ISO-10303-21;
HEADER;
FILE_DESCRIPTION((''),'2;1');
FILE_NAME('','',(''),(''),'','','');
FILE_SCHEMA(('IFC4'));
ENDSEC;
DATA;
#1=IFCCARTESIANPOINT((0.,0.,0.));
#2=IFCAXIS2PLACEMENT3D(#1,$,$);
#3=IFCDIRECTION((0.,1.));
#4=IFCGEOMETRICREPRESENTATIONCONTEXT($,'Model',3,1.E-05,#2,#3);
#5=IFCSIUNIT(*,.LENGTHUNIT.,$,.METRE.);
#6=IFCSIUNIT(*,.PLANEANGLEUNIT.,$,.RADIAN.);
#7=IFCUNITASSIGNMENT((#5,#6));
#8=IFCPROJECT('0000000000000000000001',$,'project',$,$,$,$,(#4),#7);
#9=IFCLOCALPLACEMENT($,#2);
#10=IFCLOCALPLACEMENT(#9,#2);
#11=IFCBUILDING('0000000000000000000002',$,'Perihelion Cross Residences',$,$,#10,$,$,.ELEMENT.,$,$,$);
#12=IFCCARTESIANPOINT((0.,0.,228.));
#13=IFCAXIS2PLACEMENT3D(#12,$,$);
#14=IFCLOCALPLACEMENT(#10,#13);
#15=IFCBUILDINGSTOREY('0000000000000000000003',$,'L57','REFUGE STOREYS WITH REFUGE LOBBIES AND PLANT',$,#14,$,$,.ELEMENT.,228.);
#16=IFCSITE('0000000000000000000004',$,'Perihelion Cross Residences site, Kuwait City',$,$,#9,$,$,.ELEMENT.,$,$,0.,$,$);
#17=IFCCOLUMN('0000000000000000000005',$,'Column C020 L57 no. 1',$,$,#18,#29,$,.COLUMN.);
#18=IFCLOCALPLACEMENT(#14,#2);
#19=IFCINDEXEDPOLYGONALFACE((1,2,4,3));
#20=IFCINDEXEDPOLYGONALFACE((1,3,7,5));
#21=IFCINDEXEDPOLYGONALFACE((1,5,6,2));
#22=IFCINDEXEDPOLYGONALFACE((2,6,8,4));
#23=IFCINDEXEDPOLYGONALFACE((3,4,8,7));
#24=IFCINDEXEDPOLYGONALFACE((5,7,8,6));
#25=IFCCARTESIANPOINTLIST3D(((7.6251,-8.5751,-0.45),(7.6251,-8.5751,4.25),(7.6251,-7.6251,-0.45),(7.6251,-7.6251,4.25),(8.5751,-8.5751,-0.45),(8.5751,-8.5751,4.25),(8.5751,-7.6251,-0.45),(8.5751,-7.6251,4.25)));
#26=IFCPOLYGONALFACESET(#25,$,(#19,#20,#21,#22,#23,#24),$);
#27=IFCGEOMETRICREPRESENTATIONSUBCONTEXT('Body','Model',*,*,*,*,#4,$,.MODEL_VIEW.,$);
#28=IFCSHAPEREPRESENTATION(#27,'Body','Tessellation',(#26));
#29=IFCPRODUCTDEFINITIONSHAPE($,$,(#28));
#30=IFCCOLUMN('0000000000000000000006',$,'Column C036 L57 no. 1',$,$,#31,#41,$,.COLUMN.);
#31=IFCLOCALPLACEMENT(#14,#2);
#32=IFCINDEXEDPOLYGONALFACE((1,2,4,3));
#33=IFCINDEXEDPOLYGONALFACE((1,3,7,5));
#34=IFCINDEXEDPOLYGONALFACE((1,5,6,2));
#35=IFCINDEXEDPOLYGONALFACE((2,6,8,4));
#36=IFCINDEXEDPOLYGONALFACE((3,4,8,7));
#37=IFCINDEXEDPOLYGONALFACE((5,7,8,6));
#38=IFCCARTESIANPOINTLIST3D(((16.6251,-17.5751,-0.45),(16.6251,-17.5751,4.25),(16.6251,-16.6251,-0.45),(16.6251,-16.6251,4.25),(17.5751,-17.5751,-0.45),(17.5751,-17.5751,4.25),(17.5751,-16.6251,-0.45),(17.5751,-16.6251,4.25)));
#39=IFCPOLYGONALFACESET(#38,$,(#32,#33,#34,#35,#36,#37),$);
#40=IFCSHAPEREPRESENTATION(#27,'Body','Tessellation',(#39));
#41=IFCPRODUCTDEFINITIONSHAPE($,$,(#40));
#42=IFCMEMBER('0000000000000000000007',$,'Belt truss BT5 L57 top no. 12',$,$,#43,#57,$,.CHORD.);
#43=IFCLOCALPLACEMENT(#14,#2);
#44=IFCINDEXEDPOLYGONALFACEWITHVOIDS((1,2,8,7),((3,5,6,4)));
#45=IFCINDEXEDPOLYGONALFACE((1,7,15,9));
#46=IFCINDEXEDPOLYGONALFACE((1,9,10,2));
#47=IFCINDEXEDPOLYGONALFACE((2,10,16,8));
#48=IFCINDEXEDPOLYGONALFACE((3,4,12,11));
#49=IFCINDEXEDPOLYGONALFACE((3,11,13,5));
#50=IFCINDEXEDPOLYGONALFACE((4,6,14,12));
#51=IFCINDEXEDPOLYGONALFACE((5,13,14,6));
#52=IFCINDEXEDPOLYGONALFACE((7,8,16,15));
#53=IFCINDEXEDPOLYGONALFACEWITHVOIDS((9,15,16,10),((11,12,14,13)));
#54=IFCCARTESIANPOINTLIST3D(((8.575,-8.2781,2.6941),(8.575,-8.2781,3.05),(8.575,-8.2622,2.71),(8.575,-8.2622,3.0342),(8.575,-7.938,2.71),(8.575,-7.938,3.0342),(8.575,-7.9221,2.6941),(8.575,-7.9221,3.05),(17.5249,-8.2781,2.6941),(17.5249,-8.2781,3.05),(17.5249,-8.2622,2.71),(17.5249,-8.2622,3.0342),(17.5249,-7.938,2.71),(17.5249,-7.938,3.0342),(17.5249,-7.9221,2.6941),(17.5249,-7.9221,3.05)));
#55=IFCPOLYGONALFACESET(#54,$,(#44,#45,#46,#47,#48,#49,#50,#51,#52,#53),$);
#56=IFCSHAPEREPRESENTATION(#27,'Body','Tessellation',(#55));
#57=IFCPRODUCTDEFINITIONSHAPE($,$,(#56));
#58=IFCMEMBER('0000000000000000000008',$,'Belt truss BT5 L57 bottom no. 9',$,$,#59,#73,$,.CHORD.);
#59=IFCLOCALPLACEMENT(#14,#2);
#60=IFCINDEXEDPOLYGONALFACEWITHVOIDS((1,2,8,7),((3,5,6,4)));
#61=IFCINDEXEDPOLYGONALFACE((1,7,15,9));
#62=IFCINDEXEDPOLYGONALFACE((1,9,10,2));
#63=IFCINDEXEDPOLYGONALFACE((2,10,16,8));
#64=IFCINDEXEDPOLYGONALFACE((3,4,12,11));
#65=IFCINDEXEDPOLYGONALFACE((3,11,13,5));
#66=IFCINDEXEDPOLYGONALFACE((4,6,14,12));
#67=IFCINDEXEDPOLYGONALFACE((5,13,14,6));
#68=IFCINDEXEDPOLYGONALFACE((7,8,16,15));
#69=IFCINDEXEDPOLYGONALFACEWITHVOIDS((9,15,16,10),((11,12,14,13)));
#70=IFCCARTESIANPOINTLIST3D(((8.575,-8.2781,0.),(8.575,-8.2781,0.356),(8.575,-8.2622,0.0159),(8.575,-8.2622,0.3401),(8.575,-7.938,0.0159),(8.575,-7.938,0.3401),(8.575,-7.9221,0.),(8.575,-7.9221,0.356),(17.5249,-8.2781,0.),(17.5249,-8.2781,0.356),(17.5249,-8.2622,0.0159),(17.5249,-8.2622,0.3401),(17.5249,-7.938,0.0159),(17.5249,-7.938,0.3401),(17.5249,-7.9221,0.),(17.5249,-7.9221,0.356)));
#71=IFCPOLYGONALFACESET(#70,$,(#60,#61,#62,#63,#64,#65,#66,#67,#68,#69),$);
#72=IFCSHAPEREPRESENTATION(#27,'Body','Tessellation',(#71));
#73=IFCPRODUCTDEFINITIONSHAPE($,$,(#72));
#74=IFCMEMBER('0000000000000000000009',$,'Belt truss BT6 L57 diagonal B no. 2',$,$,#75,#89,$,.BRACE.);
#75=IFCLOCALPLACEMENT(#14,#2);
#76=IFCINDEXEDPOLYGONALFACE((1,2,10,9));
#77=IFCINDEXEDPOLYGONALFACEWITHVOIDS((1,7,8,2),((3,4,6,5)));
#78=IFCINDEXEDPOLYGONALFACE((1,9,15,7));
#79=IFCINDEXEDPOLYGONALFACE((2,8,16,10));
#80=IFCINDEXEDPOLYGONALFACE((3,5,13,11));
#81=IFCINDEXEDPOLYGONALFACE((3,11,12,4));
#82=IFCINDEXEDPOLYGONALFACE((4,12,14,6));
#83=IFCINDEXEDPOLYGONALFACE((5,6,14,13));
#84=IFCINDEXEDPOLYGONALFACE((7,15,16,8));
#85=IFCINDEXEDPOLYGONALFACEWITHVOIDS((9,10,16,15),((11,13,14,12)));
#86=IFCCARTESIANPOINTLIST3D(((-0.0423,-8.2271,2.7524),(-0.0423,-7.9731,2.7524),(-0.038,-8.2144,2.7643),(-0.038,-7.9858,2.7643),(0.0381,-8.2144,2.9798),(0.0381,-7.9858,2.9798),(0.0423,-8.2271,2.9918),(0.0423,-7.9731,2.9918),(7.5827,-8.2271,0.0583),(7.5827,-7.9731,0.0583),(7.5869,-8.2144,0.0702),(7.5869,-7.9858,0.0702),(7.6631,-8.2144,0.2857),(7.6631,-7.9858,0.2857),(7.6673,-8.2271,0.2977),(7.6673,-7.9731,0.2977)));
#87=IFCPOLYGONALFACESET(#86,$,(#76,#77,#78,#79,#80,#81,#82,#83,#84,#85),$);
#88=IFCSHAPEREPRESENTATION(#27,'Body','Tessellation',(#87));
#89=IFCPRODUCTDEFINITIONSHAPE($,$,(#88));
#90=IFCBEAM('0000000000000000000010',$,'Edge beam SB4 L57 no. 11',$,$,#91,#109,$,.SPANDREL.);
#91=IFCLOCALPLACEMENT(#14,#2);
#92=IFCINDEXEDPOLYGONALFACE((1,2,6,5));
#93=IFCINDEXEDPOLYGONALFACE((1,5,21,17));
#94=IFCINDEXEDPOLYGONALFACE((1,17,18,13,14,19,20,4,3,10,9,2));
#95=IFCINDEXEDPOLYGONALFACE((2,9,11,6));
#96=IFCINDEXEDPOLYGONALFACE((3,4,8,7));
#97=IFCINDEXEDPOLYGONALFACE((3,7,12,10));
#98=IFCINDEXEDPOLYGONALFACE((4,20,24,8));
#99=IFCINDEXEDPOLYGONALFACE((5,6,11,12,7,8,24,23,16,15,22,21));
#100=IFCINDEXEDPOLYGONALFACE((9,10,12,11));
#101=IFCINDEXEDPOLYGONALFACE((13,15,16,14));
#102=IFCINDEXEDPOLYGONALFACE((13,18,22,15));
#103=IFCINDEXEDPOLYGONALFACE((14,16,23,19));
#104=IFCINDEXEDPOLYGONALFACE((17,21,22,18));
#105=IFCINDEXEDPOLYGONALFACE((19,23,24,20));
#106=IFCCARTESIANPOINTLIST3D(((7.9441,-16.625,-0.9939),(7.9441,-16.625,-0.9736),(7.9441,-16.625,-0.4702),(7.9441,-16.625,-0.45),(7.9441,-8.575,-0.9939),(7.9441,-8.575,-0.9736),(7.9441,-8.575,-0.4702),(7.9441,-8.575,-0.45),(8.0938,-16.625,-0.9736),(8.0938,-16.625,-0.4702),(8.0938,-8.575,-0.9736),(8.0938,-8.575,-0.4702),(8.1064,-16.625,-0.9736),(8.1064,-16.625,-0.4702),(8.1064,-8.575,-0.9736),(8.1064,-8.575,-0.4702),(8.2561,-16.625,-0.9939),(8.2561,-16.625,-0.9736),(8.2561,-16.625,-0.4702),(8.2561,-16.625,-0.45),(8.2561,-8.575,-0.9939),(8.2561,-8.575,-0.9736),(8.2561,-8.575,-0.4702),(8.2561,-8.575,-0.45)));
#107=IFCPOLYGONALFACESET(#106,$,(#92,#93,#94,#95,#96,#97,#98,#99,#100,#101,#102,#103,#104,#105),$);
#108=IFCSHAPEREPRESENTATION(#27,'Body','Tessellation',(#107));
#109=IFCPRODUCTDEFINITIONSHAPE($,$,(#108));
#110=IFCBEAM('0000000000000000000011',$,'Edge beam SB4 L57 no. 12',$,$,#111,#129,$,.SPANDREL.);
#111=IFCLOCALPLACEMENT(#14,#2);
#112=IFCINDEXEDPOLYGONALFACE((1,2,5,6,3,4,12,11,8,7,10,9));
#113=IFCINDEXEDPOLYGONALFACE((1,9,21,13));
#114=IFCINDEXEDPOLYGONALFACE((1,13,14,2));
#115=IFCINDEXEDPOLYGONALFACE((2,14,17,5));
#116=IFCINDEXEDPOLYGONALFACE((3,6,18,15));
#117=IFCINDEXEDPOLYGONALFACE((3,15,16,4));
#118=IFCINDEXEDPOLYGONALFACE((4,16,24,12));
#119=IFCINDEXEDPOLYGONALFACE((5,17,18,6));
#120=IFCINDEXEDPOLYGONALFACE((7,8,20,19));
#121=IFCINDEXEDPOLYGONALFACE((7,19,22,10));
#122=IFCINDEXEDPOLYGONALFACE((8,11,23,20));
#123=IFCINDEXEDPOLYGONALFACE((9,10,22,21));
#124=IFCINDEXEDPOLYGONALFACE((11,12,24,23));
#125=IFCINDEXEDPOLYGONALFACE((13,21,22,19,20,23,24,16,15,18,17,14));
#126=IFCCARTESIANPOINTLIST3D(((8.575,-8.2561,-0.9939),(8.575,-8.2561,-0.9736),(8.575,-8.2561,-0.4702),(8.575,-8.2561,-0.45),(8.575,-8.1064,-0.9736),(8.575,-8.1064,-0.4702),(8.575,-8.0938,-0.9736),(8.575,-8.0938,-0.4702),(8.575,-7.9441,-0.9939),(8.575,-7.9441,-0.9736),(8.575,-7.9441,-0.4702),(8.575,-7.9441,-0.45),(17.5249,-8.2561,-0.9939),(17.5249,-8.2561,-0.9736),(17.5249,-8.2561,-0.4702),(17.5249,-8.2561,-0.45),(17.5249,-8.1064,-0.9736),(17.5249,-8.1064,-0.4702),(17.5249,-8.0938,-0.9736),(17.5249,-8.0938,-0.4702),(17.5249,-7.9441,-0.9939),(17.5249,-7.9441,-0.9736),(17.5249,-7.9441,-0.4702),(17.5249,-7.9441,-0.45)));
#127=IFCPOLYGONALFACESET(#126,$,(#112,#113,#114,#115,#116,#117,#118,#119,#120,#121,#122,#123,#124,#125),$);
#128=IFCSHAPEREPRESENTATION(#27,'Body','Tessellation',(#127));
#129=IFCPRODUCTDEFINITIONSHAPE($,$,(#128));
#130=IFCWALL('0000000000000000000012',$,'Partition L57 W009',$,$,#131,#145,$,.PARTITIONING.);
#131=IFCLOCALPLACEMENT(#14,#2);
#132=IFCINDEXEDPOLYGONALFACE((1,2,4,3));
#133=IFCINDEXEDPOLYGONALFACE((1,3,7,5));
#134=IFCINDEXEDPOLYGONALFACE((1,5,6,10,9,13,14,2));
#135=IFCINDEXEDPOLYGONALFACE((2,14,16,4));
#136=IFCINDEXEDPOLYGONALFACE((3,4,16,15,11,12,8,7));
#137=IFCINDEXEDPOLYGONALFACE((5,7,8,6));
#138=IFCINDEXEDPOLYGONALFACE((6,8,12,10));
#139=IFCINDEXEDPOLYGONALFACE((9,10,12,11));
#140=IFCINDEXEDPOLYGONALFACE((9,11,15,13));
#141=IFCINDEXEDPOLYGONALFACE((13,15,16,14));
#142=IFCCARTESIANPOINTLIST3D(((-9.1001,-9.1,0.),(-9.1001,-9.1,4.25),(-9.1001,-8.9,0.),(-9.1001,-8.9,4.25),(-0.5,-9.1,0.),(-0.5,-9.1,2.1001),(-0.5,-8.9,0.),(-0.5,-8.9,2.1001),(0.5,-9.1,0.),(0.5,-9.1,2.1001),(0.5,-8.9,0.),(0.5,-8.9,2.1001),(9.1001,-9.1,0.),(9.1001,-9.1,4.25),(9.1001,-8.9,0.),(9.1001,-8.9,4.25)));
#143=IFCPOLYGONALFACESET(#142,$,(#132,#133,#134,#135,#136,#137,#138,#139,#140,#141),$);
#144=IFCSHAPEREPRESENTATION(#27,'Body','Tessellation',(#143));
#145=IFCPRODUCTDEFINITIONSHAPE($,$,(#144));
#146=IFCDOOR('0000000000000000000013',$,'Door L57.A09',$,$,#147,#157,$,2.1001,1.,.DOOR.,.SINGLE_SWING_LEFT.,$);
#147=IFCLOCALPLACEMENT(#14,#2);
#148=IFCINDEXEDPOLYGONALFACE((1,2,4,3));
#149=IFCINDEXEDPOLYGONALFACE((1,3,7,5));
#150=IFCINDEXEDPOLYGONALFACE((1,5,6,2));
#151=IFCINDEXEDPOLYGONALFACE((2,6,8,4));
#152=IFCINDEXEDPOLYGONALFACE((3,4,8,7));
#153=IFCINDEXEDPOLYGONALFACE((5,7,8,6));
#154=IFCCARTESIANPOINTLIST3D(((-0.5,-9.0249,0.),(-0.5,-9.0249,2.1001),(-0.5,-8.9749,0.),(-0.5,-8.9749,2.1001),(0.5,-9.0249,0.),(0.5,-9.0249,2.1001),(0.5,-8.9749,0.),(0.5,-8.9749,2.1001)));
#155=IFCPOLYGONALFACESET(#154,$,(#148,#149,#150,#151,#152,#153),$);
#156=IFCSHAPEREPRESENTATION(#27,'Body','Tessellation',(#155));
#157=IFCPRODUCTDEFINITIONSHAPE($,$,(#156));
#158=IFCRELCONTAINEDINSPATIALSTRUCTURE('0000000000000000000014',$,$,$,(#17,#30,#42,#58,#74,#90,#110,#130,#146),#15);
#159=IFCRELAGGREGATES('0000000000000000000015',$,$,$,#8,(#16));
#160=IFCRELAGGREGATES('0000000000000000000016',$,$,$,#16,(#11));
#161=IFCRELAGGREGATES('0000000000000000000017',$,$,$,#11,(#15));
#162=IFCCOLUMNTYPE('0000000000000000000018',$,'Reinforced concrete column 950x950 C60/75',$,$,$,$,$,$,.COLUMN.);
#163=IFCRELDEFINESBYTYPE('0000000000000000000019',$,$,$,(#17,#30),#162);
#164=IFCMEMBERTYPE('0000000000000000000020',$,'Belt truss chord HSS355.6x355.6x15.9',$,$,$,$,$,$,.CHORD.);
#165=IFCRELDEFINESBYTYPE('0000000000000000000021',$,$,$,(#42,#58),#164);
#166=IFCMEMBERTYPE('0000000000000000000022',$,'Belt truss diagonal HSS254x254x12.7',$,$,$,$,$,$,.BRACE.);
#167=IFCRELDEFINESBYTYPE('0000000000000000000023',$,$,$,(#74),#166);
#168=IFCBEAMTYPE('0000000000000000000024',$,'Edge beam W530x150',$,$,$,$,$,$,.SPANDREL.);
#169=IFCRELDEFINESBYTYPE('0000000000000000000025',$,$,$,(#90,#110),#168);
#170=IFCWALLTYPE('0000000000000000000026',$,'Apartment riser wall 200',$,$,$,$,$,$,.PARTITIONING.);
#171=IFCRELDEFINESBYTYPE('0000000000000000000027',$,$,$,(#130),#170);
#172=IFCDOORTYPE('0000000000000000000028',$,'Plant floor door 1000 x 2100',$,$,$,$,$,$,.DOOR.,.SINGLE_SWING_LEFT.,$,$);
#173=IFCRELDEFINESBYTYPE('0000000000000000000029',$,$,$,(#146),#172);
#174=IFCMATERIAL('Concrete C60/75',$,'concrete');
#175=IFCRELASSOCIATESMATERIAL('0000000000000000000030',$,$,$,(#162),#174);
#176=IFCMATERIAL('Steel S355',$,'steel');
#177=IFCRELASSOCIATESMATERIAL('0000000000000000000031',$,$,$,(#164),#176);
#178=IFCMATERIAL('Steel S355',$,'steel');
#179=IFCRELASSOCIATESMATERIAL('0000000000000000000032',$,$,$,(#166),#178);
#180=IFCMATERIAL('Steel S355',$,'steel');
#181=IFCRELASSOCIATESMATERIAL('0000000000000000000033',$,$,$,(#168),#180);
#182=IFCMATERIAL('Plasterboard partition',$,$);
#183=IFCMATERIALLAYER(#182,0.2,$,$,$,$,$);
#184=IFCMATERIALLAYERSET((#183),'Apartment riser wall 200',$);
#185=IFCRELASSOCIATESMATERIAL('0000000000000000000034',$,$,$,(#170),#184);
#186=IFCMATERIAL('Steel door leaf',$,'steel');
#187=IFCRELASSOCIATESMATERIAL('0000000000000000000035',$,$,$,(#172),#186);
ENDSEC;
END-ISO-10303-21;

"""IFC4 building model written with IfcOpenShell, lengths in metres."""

from ifc_helpers import new_model, si_unit, direction, frame, frame_2d, origin, origin_2d, place, context, subcontext, project, spatial, rectangle, hollow_rectangle, i_section, extrude, material, layer, layer_set, material_profile, profile_set, type_object, element, fill, save


model = new_model("IFC4")

# Units and contexts
model_context = context("Model", 3, precision=1e-05, world=origin(), true_north=direction((0.0, 1.0)))
body_context = subcontext(model_context, "Body", "Model", "MODEL_VIEW")
ifc_project = project(units=[si_unit("LENGTHUNIT", "METRE"), si_unit("PLANEANGLEUNIT", "RADIAN")], contexts=[model_context])

# Site, building, storey
site_placement = place(None, origin())
site = spatial("IfcSite", under=ifc_project, at=site_placement, Name="Perihelion Cross Residences site, Kuwait City", CompositionType="ELEMENT", RefElevation=0.0)
building_placement = place(site_placement, origin())
building = spatial("IfcBuilding", under=site, at=building_placement, Name="Perihelion Cross Residences", CompositionType="ELEMENT")
storey_placement = place(building_placement, frame((0.0, 0.0, 228.0)))
storey = spatial("IfcBuildingStorey", under=building, at=storey_placement, Name="L57", Description="REFUGE STOREYS WITH REFUGE LOBBIES AND PLANT", CompositionType="ELEMENT", Elevation=228.0)

# Columns
ifc_material_1 = material(Name="Concrete C60/75", Category="concrete")
ifc_material_profile_1 = material_profile(ifc_material_1, rectangle(XDim=0.95, YDim=0.95, at=origin_2d()), Name="RC 950x950")
ifc_profile_set_1 = profile_set([ifc_material_profile_1], Name="Concrete C60/75")
column_type = type_object("IfcColumnType", Name="Reinforced concrete column 950x950 C60/75", PredefinedType="COLUMN", material=ifc_profile_set_1)
for number, where, z_axis, x_axis, name in (
    (1, (8.1001, -8.1001, -0.45), (0.0, 0.0, 1.0), (1.0, 0.0, 0.0), "Column C020 L57 no. 1"),
    (2, (17.1001, -17.1001, -0.45), (0.0, 0.0, 1.0), (1.0, 0.0, 0.0), "Column C036 L57 no. 1"),
):
    element("IfcColumn", number, at=place(storey_placement, frame(where, z_axis=z_axis, x_axis=x_axis)), inside=storey, type_object=column_type, Name=name, PredefinedType="COLUMN", context=body_context, shape_type="SweptSolid", body=[
        extrude(rectangle(XDim=0.95, YDim=0.95, at=origin_2d()), origin(), (0.0, 0.0, 1.0), 4.7),
    ])

# Members
ifc_material_2 = material(Name="Steel S355", Category="steel")
ifc_material_profile_2 = material_profile(ifc_material_2, hollow_rectangle(XDim=0.356, YDim=0.356, WallThickness=0.0159, at=origin_2d()), Name="HSS355.6x355.6x15.9")
ifc_profile_set_2 = profile_set([ifc_material_profile_2], Name="Steel S355")
member_type_1 = type_object("IfcMemberType", Name="Belt truss chord HSS355.6x355.6x15.9", PredefinedType="CHORD", material=ifc_profile_set_2)
for number, where, z_axis, x_axis, name in (
    (3, (8.575, -8.1001, 2.8721), (1.0, 0.0, 0.0), (0.0, 1.0, 0.0), "Belt truss BT5 L57 top no. 12"),
    (4, (8.575, -8.1001, 0.178), (1.0, 0.0, 0.0), (0.0, 1.0, 0.0), "Belt truss BT5 L57 bottom no. 9"),
):
    element("IfcMember", number, at=place(storey_placement, frame(where, z_axis=z_axis, x_axis=x_axis)), inside=storey, type_object=member_type_1, Name=name, PredefinedType="CHORD", context=body_context, shape_type="SweptSolid", body=[
        extrude(hollow_rectangle(XDim=0.356, YDim=0.356, WallThickness=0.0159, at=origin_2d()), origin(), (0.0, 0.0, 1.0), 8.95),
    ])
ifc_material_3 = material(Name="Steel S355", Category="steel")
ifc_material_profile_3 = material_profile(ifc_material_3, hollow_rectangle(XDim=0.2539, YDim=0.2539, WallThickness=0.0127, at=origin_2d()), Name="HSS254x254x12.7")
ifc_profile_set_3 = profile_set([ifc_material_profile_3], Name="Steel S355")
member_type_2 = type_object("IfcMemberType", Name="Belt truss diagonal HSS254x254x12.7", PredefinedType="BRACE", material=ifc_profile_set_3)
member_placement = place(storey_placement, frame((7.625, -8.1001, 0.178), z_axis=(-0.942877, 0.0, 0.333141), x_axis=(0.0, -1.0, 0.0)))
element("IfcMember", 5, at=member_placement, inside=storey, type_object=member_type_2, Name="Belt truss BT6 L57 diagonal B no. 2", PredefinedType="BRACE", context=body_context, shape_type="SweptSolid", body=[
    extrude(hollow_rectangle(XDim=0.2539, YDim=0.2539, WallThickness=0.0127, at=origin_2d()), origin(), (0.0, 0.0, 1.0), 8.0869),
])

# Beams
ifc_material_4 = material(Name="Steel S355", Category="steel")
ifc_material_profile_4 = material_profile(ifc_material_4, i_section(OverallWidth=0.312, OverallDepth=0.5439, WebThickness=0.0127, FlangeThickness=0.0203, at=origin_2d()), Name="W530x150")
ifc_profile_set_4 = profile_set([ifc_material_profile_4], Name="Steel S355")
beam_type = type_object("IfcBeamType", Name="Edge beam W530x150", PredefinedType="SPANDREL", material=ifc_profile_set_4)
beam_1_placement = place(storey_placement, frame((8.1001, -16.625, -0.7219), z_axis=(0.0, 1.0, 0.0), x_axis=(-1.0, 0.0, 0.0)))
element("IfcBeam", 6, at=beam_1_placement, inside=storey, type_object=beam_type, Name="Edge beam SB4 L57 no. 11", PredefinedType="SPANDREL", context=body_context, shape_type="SweptSolid", body=[
    extrude(i_section(OverallWidth=0.312, OverallDepth=0.5439, WebThickness=0.0127, FlangeThickness=0.0203, at=origin_2d()), origin(), (0.0, 0.0, 1.0), 8.05),
])
beam_2_placement = place(storey_placement, frame((8.575, -8.1001, -0.7219), z_axis=(1.0, 0.0, 0.0), x_axis=(0.0, 1.0, 0.0)))
element("IfcBeam", 7, at=beam_2_placement, inside=storey, type_object=beam_type, Name="Edge beam SB4 L57 no. 12", PredefinedType="SPANDREL", context=body_context, shape_type="SweptSolid", body=[
    extrude(i_section(OverallWidth=0.312, OverallDepth=0.5439, WebThickness=0.0127, FlangeThickness=0.0203, at=origin_2d()), origin(), (0.0, 0.0, 1.0), 8.95),
])

# Wall, opening, door
ifc_material_5 = material(Name="Plasterboard partition")
ifc_layer_1 = layer(ifc_material_5, 0.2)
ifc_layer_set_1 = layer_set([ifc_layer_1], Name="Apartment riser wall 200")
wall_type_1 = type_object("IfcWallType", Name="Apartment riser wall 200", PredefinedType="PARTITIONING", material=ifc_layer_set_1)
wall_1_placement = place(storey_placement, frame((9.1001, -9.0, 0.0), z_axis=(0.0, 0.0, 1.0), x_axis=(-1.0, 0.0, 0.0)))
wall_1 = element("IfcWall", 8, at=wall_1_placement, inside=storey, type_object=wall_type_1, Name="Partition L57 W009", PredefinedType="PARTITIONING", context=body_context, shape_type="SweptSolid", body=[
    extrude(rectangle(XDim=18.2002, YDim=0.2, at=frame_2d((9.1001, 0.0))), origin(), (0.0, 0.0, 1.0), 4.25),
])
opening_1_placement = place(wall_1_placement, frame((8.6001, 0.0, 0.0)))
opening_1 = element("IfcOpeningElement", 9, at=opening_1_placement, cuts=wall_1, PredefinedType="OPENING", context=body_context, shape_type="SweptSolid", body=[
    extrude(rectangle(XDim=1.0, YDim=2.1001, at=frame_2d((0.5, 1.05))), frame((0.0, 0.1099, 0.0), z_axis=(0.0, -1.0, 0.0), x_axis=(1.0, 0.0, 0.0)), (0.0, 0.0, 1.0), 0.22),
])
ifc_material_6 = material(Name="Steel door leaf", Category="steel")
door_type = type_object("IfcDoorType", Name="Plant floor door 1000 x 2100", OperationType="SINGLE_SWING_LEFT", PredefinedType="DOOR", material=ifc_material_6)
door_placement = place(opening_1_placement, origin())
door = element("IfcDoor", 10, at=door_placement, inside=storey, type_object=door_type, Name="Door L57.A09", OperationType="SINGLE_SWING_LEFT", OverallHeight=2.1001, OverallWidth=1.0, PredefinedType="DOOR", context=body_context, shape_type="SweptSolid", body=[
    extrude(rectangle(XDim=1.0, YDim=2.1001, at=frame_2d((0.5, 1.05))), frame((0.0, 0.0249, 0.0), z_axis=(0.0, -1.0, 0.0), x_axis=(1.0, 0.0, 0.0)), (0.0, 0.0, 1.0), 0.05),
])
fill(opening_1, door)

save(model, "model.ifc")
